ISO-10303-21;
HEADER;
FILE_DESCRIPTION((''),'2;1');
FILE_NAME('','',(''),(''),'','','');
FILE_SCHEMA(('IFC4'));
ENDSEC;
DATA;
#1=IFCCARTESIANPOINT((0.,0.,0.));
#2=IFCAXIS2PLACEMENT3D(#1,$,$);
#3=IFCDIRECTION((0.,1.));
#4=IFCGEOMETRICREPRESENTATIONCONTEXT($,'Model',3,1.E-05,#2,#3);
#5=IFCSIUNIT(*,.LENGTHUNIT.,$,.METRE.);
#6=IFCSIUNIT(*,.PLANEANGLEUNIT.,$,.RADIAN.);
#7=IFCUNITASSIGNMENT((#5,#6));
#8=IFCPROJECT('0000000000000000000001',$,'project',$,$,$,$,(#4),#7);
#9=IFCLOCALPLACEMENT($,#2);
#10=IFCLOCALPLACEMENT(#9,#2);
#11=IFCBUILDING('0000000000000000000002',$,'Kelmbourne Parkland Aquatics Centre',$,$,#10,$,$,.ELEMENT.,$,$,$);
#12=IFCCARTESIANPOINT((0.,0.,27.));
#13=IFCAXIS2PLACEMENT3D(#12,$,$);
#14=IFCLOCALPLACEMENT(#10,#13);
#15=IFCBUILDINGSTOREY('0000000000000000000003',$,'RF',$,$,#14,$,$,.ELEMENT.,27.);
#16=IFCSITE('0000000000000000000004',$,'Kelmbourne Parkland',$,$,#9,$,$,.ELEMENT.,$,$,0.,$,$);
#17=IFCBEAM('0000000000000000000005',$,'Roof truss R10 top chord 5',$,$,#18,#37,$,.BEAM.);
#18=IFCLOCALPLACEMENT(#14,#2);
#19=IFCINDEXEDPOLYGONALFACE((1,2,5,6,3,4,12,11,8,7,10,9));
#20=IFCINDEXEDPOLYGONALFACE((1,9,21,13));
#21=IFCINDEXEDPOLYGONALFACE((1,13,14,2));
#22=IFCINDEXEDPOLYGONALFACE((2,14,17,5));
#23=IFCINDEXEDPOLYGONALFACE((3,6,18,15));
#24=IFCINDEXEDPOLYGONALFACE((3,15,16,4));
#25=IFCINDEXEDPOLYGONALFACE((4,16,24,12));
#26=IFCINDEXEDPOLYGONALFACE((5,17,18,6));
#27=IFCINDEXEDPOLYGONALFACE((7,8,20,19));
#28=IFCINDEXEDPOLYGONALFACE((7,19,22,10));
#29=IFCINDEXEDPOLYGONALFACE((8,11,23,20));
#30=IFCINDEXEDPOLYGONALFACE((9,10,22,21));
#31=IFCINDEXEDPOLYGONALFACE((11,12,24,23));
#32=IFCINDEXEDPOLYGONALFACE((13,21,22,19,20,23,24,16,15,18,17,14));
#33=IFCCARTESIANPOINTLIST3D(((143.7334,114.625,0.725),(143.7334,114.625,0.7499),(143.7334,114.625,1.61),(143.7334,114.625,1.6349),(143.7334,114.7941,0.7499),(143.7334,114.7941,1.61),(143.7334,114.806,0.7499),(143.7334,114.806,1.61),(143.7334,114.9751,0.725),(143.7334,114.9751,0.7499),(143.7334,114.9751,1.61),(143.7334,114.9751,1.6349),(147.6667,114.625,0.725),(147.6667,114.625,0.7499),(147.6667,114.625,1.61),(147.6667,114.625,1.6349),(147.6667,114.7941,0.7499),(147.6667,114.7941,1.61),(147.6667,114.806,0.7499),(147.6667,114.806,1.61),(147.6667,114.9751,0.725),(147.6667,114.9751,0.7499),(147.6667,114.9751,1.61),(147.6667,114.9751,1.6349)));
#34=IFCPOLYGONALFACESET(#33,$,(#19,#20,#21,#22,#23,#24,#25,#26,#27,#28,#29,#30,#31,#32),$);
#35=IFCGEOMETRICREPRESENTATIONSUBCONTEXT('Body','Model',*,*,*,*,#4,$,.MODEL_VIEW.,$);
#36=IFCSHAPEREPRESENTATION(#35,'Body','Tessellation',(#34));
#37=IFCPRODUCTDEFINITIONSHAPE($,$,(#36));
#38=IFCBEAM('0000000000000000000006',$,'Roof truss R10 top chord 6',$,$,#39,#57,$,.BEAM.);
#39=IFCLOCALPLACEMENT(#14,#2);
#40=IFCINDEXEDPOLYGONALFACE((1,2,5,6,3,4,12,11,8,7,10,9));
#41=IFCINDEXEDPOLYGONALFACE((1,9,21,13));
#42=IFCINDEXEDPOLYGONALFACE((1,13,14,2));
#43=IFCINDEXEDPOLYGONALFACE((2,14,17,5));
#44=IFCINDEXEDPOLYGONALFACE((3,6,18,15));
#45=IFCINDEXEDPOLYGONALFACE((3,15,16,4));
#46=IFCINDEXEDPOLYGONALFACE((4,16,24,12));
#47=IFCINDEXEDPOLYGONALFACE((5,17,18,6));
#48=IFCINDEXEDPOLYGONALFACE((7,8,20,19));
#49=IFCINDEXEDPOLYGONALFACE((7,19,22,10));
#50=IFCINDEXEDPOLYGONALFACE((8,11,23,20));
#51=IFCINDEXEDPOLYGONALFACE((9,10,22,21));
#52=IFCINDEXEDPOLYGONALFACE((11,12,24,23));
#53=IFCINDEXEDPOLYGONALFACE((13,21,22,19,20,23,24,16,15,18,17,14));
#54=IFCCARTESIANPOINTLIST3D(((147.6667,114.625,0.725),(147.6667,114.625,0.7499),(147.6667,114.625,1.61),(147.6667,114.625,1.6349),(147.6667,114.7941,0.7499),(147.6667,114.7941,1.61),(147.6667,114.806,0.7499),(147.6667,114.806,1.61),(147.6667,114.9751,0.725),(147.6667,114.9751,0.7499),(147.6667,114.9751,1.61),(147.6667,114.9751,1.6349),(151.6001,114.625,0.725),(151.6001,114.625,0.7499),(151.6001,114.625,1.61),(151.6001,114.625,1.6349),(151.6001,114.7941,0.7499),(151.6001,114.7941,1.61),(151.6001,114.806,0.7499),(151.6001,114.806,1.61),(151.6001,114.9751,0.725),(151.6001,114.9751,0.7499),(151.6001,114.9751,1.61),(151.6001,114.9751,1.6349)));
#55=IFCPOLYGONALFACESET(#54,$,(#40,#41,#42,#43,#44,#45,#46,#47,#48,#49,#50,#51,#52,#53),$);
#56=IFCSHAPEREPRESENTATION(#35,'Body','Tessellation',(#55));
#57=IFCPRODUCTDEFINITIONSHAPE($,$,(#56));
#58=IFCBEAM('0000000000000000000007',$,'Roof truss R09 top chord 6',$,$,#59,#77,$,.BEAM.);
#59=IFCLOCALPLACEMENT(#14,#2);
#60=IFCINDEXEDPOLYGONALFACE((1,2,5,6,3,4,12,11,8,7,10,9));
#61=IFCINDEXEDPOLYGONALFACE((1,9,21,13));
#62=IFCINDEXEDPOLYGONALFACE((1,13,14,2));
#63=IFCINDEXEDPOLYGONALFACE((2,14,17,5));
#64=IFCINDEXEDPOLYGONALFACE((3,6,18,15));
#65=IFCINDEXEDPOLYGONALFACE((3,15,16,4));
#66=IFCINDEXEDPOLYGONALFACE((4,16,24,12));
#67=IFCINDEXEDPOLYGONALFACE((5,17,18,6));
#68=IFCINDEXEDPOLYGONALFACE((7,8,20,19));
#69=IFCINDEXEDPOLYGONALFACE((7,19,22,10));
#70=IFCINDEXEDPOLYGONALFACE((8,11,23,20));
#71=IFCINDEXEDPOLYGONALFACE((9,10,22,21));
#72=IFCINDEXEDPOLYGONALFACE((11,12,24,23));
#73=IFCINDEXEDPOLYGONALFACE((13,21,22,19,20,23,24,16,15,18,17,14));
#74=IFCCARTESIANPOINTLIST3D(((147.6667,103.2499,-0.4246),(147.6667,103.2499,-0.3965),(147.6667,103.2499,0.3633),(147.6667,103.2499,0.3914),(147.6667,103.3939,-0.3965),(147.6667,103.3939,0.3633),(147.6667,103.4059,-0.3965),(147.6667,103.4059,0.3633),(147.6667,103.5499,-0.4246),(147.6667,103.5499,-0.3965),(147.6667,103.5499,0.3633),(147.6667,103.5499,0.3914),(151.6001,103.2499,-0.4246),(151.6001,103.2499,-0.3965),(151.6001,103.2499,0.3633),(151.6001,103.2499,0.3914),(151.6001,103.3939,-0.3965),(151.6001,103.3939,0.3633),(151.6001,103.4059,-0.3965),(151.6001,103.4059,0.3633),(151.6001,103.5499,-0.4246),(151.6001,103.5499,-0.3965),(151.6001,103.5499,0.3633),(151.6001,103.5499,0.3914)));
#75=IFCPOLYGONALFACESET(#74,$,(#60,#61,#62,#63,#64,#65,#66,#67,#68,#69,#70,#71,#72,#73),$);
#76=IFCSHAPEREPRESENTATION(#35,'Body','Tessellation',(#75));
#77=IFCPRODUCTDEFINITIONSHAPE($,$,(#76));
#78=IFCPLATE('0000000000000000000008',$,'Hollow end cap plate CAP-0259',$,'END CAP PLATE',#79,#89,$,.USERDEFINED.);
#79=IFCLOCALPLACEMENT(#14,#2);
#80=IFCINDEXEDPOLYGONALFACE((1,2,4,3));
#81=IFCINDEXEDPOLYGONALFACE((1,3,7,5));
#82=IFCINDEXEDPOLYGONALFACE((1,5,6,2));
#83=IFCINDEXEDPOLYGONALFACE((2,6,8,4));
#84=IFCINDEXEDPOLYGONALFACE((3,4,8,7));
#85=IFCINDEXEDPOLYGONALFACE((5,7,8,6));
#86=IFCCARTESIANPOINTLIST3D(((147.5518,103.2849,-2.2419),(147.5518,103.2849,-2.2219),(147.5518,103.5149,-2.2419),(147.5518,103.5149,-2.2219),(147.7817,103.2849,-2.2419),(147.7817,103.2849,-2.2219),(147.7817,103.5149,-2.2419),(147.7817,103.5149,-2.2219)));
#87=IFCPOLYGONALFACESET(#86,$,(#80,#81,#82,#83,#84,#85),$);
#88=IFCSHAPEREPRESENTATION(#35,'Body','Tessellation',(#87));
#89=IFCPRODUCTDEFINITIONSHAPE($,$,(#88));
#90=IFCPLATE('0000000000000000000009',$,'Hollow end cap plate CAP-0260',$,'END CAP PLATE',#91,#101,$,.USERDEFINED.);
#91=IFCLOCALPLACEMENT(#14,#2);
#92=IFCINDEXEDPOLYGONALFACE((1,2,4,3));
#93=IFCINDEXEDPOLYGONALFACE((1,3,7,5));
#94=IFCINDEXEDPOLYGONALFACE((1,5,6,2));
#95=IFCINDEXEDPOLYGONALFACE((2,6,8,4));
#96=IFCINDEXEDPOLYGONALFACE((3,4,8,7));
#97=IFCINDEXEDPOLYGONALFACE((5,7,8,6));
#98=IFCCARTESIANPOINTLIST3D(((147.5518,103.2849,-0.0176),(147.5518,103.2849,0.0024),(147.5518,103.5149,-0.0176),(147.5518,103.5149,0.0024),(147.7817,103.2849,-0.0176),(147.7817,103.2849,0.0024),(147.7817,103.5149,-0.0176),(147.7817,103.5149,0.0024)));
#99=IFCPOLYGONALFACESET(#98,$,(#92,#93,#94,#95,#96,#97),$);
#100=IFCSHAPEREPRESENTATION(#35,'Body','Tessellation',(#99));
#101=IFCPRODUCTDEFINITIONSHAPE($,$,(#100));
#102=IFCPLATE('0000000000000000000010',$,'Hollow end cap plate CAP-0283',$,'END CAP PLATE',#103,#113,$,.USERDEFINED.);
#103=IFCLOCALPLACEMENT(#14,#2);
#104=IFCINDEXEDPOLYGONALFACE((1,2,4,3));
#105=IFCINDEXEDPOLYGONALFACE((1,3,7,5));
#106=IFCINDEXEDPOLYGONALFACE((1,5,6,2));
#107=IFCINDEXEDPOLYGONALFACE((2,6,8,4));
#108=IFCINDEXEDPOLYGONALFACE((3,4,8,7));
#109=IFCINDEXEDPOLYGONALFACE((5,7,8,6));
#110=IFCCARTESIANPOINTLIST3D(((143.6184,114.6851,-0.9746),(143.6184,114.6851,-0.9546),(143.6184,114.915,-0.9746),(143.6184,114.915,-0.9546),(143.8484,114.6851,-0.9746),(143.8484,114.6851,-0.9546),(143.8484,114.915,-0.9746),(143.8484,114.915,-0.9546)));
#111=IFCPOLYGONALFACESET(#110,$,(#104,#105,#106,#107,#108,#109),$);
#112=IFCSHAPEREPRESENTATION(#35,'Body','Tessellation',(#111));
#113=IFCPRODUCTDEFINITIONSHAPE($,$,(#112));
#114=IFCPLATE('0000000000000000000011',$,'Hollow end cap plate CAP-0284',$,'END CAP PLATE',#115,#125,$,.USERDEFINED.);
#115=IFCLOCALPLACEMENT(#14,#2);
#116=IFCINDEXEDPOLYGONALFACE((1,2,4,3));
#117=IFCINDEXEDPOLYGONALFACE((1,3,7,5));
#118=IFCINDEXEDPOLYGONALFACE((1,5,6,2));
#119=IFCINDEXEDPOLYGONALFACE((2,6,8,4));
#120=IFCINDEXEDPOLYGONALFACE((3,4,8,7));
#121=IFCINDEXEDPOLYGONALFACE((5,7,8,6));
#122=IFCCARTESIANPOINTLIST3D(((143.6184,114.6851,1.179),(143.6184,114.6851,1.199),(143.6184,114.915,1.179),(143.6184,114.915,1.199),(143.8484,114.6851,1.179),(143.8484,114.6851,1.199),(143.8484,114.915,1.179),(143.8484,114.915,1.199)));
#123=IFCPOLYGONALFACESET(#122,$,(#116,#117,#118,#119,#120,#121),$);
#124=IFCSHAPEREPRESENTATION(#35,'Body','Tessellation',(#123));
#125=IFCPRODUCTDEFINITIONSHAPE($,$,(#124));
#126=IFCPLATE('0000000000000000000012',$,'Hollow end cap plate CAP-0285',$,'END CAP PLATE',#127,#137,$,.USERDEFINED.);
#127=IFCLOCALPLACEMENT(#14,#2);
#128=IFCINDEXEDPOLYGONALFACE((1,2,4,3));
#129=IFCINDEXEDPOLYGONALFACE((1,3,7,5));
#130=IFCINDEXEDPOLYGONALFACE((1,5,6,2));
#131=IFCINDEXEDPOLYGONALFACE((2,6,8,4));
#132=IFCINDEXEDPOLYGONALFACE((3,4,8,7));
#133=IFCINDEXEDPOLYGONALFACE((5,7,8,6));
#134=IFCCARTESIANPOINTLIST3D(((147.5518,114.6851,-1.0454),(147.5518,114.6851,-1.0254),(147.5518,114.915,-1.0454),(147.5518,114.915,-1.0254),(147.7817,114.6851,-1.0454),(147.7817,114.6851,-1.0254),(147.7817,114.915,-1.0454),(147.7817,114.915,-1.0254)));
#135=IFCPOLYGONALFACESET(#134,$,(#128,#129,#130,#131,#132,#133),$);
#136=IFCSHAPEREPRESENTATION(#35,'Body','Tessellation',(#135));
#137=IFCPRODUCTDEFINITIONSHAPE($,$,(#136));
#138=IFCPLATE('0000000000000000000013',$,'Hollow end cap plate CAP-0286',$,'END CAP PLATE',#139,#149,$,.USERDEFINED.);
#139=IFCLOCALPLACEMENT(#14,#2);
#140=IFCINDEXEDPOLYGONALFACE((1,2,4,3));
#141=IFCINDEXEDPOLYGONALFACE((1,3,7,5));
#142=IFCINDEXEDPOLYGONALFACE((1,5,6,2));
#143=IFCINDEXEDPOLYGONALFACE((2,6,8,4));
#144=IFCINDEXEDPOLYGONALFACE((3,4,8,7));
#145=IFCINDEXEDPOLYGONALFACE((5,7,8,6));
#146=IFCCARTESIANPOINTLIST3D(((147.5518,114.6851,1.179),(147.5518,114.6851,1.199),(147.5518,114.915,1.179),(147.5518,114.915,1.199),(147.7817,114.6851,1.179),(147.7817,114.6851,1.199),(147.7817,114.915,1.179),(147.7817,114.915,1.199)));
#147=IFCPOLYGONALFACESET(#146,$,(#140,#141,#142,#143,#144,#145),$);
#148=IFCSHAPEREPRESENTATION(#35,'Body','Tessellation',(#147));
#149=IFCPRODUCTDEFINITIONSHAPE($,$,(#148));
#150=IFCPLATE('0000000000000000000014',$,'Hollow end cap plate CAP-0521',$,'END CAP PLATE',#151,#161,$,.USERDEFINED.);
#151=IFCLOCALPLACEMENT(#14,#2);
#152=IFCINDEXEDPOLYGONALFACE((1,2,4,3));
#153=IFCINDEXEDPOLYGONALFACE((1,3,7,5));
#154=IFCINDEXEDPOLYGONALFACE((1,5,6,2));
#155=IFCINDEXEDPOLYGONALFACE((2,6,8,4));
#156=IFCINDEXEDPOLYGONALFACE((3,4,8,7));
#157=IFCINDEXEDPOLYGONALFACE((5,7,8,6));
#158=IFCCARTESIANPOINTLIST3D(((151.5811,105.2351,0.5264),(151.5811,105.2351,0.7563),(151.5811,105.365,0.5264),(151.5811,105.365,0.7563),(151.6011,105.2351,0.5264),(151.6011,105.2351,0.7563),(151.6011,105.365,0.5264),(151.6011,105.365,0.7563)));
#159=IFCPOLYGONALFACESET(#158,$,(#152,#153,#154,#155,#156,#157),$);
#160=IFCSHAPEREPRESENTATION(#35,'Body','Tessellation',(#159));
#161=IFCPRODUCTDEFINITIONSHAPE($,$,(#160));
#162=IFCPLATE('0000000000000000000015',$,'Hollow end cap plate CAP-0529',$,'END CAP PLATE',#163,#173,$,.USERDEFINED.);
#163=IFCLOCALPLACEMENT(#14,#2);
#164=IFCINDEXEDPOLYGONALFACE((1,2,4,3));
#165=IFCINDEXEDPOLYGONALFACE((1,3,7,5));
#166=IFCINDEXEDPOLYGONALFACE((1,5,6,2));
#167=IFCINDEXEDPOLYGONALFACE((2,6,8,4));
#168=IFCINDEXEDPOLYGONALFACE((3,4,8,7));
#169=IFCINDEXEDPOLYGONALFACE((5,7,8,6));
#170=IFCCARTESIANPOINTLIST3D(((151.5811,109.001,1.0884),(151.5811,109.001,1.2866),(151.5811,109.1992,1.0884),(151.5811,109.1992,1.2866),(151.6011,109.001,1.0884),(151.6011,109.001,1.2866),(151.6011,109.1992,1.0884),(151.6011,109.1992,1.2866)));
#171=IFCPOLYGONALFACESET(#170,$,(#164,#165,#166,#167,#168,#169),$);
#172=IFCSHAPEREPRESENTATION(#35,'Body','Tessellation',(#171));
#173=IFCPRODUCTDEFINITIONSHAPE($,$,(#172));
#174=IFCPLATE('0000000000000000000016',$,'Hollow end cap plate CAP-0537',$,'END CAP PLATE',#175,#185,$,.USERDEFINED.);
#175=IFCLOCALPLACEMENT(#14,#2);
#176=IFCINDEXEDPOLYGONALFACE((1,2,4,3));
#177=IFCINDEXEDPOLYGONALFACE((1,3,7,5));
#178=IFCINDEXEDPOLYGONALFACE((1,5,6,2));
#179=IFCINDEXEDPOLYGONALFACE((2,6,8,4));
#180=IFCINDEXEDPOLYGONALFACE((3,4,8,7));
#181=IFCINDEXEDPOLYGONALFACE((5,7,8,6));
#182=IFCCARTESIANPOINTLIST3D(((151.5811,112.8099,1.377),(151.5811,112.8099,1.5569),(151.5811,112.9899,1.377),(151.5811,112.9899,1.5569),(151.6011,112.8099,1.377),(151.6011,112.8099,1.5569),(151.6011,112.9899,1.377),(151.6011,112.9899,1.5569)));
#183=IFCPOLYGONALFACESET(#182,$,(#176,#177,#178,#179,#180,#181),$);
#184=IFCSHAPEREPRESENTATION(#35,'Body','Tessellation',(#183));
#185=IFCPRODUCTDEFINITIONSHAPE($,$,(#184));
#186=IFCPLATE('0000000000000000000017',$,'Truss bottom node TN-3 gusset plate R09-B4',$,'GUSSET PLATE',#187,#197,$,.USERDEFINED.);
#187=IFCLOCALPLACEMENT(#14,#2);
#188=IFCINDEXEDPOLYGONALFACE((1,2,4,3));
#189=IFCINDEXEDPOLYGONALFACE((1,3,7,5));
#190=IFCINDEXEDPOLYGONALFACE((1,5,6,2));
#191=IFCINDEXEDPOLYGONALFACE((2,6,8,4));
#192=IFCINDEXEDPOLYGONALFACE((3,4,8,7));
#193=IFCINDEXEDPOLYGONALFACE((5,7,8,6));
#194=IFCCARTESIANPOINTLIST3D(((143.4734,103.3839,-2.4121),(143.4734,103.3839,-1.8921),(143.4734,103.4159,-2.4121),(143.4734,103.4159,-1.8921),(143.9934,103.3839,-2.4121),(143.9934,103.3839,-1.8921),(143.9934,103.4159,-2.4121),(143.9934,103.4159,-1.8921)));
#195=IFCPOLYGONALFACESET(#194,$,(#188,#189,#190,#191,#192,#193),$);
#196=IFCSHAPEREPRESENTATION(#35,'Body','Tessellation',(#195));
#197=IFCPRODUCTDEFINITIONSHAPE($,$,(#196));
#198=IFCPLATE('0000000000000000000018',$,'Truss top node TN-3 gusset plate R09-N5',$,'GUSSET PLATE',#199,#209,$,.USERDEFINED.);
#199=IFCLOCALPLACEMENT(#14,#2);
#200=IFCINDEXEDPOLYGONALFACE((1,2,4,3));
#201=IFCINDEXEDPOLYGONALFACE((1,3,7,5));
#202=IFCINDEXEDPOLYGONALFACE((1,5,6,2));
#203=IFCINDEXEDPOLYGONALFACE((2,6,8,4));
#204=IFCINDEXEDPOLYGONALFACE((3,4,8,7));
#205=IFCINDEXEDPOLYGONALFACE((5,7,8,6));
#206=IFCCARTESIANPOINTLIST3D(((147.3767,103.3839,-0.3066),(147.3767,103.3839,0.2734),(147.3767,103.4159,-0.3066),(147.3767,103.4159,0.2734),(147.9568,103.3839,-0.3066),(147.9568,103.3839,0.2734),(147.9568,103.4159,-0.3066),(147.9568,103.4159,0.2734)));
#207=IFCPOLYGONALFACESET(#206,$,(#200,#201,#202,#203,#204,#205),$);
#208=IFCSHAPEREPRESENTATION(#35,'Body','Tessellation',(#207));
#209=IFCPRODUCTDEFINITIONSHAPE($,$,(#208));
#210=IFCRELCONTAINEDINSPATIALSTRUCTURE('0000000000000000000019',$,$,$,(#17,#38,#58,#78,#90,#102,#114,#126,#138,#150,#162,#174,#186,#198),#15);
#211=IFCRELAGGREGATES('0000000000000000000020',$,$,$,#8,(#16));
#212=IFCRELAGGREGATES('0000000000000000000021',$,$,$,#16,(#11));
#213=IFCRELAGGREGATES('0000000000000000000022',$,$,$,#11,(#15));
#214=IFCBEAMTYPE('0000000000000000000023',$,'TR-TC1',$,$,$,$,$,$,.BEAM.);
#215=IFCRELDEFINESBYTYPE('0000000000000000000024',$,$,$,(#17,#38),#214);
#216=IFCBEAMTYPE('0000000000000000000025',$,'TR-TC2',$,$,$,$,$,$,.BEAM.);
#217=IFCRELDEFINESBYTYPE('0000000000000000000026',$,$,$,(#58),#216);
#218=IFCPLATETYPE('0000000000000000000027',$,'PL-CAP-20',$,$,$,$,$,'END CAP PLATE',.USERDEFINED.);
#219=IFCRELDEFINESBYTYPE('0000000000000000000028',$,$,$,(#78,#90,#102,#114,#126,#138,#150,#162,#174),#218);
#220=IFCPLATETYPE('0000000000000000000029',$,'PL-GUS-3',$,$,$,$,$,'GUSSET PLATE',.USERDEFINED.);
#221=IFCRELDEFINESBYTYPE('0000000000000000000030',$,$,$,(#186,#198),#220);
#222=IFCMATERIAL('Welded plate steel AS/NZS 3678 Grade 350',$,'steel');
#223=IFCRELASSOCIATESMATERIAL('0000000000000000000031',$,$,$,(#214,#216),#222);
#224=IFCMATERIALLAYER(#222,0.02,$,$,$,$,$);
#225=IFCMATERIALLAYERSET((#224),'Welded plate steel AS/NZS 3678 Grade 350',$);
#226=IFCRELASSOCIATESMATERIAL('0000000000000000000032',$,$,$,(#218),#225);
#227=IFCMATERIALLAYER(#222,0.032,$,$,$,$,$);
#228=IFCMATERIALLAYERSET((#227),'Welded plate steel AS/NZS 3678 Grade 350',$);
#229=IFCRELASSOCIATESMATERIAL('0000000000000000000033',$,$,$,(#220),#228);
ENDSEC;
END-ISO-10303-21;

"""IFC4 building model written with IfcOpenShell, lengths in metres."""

from ifc_helpers import new_model, si_unit, direction, frame, origin, origin_2d, place, context, subcontext, project, spatial, rectangle, i_section, extrude, material, layer, layer_set, material_profile, profile_set, type_object, element, save


model = new_model("IFC4")

# Units and contexts
model_context = context("Model", 3, precision=1e-05, world=origin(), true_north=direction((0.0, 1.0)))
body_context = subcontext(model_context, "Body", "Model", "MODEL_VIEW")
ifc_project = project(units=[si_unit("LENGTHUNIT", "METRE"), si_unit("PLANEANGLEUNIT", "RADIAN")], contexts=[model_context])

# Site, building, storey
site_placement = place(None, origin())
site = spatial("IfcSite", under=ifc_project, at=site_placement, Name="Kelmbourne Parkland", CompositionType="ELEMENT", RefElevation=0.0)
building_placement = place(site_placement, origin())
building = spatial("IfcBuilding", under=site, at=building_placement, Name="Kelmbourne Parkland Aquatics Centre", CompositionType="ELEMENT")
storey_placement = place(building_placement, frame((0.0, 0.0, 27.0)))
storey = spatial("IfcBuildingStorey", under=building, at=storey_placement, Name="RF", CompositionType="ELEMENT", Elevation=27.0)

# Beams
ifc_material_1 = material(Name="Welded plate steel AS/NZS 3678 Grade 350", Category="steel")
ifc_material_profile_1 = material_profile(ifc_material_1, i_section(OverallWidth=0.3501, OverallDepth=0.9099, WebThickness=0.012, FlangeThickness=0.0249, at=origin_2d()), Name="900WB218")
ifc_profile_set_1 = profile_set([ifc_material_profile_1], Name="Welded plate steel AS/NZS 3678 Grade 350")
beam_type_1 = type_object("IfcBeamType", Name="TR-TC1", PredefinedType="BEAM", material=ifc_profile_set_1)
for number, where, z_axis, x_axis, name in (
    (1, (143.7334, 114.8, 1.1799), (1.0, 0.0, 0.0), (0.0, 1.0, 0.0), "Roof truss R10 top chord 5"),
    (2, (147.6667, 114.8, 1.1799), (1.0, 0.0, 0.0), (0.0, 1.0, 0.0), "Roof truss R10 top chord 6"),
):
    element("IfcBeam", number, at=place(storey_placement, frame(where, z_axis=z_axis, x_axis=x_axis)), inside=storey, type_object=beam_type_1, Name=name, PredefinedType="BEAM", context=body_context, shape_type="SweptSolid", body=[
        extrude(i_section(OverallWidth=0.3501, OverallDepth=0.9099, WebThickness=0.012, FlangeThickness=0.0249, at=origin_2d()), origin(), (0.0, 0.0, 1.0), 3.9333),
    ])
ifc_material_profile_2 = material_profile(ifc_material_1, i_section(OverallWidth=0.3, OverallDepth=0.8159, WebThickness=0.012, FlangeThickness=0.0281, at=origin_2d()), Name="800WB192")
ifc_profile_set_2 = profile_set([ifc_material_profile_2], Name="Welded plate steel AS/NZS 3678 Grade 350")
beam_type_2 = type_object("IfcBeamType", Name="TR-TC2", PredefinedType="BEAM", material=ifc_profile_set_2)
beam_1_placement = place(storey_placement, frame((147.6667, 103.3999, -0.0166), z_axis=(1.0, 0.0, 0.0), x_axis=(0.0, 1.0, 0.0)))
element("IfcBeam", 3, at=beam_1_placement, inside=storey, type_object=beam_type_2, Name="Roof truss R09 top chord 6", PredefinedType="BEAM", context=body_context, shape_type="SweptSolid", body=[
    extrude(i_section(OverallWidth=0.3, OverallDepth=0.8159, WebThickness=0.012, FlangeThickness=0.0281, at=origin_2d()), origin(), (0.0, 0.0, 1.0), 3.9333),
])

# Plates
ifc_layer_1 = layer(ifc_material_1, 0.02)
ifc_layer_set_1 = layer_set([ifc_layer_1], Name="Welded plate steel AS/NZS 3678 Grade 350")
plate_type_1 = type_object("IfcPlateType", Name="PL-CAP-20", ElementType="END CAP PLATE", PredefinedType="USERDEFINED", material=ifc_layer_set_1)
for number, where, z_axis, x_axis, name in (
    (4, (147.6667, 103.3999, -2.2419), (0.0, 0.0, 1.0), (1.0, 0.0, 0.0), "Hollow end cap plate CAP-0259"),
    (5, (147.6667, 103.3999, -0.0176), (0.0, 0.0, 1.0), (1.0, 0.0, 0.0), "Hollow end cap plate CAP-0260"),
    (6, (143.7334, 114.8, -0.9746), (0.0, 0.0, 1.0), (1.0, 0.0, 0.0), "Hollow end cap plate CAP-0283"),
    (7, (143.7334, 114.8, 1.179), (0.0, 0.0, 1.0), (1.0, 0.0, 0.0), "Hollow end cap plate CAP-0284"),
    (8, (147.6667, 114.8, -1.0454), (0.0, 0.0, 1.0), (1.0, 0.0, 0.0), "Hollow end cap plate CAP-0285"),
    (9, (147.6667, 114.8, 1.179), (0.0, 0.0, 1.0), (1.0, 0.0, 0.0), "Hollow end cap plate CAP-0286"),
):
    element("IfcPlate", number, at=place(storey_placement, frame(where, z_axis=z_axis, x_axis=x_axis)), inside=storey, type_object=plate_type_1, Name=name, ObjectType="END CAP PLATE", PredefinedType="USERDEFINED", context=body_context, shape_type="SweptSolid", body=[
        extrude(rectangle(XDim=0.23, YDim=0.23, at=origin_2d()), origin(), (0.0, 0.0, 1.0), 0.02),
    ])
plate_1_placement = place(storey_placement, frame((151.5911, 105.3, 0.5264), z_axis=(0.0, 0.0, 1.0), x_axis=(-1.0, 0.0, 0.0)))
element("IfcPlate", 10, at=plate_1_placement, inside=storey, type_object=plate_type_1, Name="Hollow end cap plate CAP-0521", ObjectType="END CAP PLATE", PredefinedType="USERDEFINED", context=body_context, shape_type="SweptSolid", body=[
    extrude(rectangle(XDim=0.02, YDim=0.1299, at=origin_2d()), origin(), (0.0, 0.0, 1.0), 0.23),
])
plate_2_placement = place(storey_placement, frame((151.5911, 109.1001, 1.0884), z_axis=(0.0, 0.0, 1.0), x_axis=(-1.0, 0.0, 0.0)))
element("IfcPlate", 11, at=plate_2_placement, inside=storey, type_object=plate_type_1, Name="Hollow end cap plate CAP-0529", ObjectType="END CAP PLATE", PredefinedType="USERDEFINED", context=body_context, shape_type="SweptSolid", body=[
    extrude(rectangle(XDim=0.02, YDim=0.1982, at=origin_2d()), origin(), (0.0, 0.0, 1.0), 0.1982),
])
plate_3_placement = place(storey_placement, frame((151.5911, 112.8999, 1.377), z_axis=(0.0, 0.0, 1.0), x_axis=(-1.0, 0.0, 0.0)))
element("IfcPlate", 12, at=plate_3_placement, inside=storey, type_object=plate_type_1, Name="Hollow end cap plate CAP-0537", ObjectType="END CAP PLATE", PredefinedType="USERDEFINED", context=body_context, shape_type="SweptSolid", body=[
    extrude(rectangle(XDim=0.02, YDim=0.1799, at=origin_2d()), origin(), (0.0, 0.0, 1.0), 0.1799),
])
ifc_layer_2 = layer(ifc_material_1, 0.032)
ifc_layer_set_2 = layer_set([ifc_layer_2], Name="Welded plate steel AS/NZS 3678 Grade 350")
plate_type_2 = type_object("IfcPlateType", Name="PL-GUS-3", ElementType="GUSSET PLATE", PredefinedType="USERDEFINED", material=ifc_layer_set_2)
plate_4_placement = place(storey_placement, frame((143.7334, 103.3999, -2.4121), z_axis=(0.0, 0.0, 1.0), x_axis=(1.0, 0.0, 0.0)))
element("IfcPlate", 13, at=plate_4_placement, inside=storey, type_object=plate_type_2, Name="Truss bottom node TN-3 gusset plate R09-B4", ObjectType="GUSSET PLATE", PredefinedType="USERDEFINED", context=body_context, shape_type="SweptSolid", body=[
    extrude(rectangle(XDim=0.52, YDim=0.032, at=origin_2d()), origin(), (0.0, 0.0, 1.0), 0.52),
])
plate_5_placement = place(storey_placement, frame((147.6667, 103.3999, -0.3066), z_axis=(0.0, 0.0, 1.0), x_axis=(1.0, 0.0, 0.0)))
element("IfcPlate", 14, at=plate_5_placement, inside=storey, type_object=plate_type_2, Name="Truss top node TN-3 gusset plate R09-N5", ObjectType="GUSSET PLATE", PredefinedType="USERDEFINED", context=body_context, shape_type="SweptSolid", body=[
    extrude(rectangle(XDim=0.5801, YDim=0.032, at=origin_2d()), origin(), (0.0, 0.0, 1.0), 0.5801),
])

save(model, "model.ifc")
